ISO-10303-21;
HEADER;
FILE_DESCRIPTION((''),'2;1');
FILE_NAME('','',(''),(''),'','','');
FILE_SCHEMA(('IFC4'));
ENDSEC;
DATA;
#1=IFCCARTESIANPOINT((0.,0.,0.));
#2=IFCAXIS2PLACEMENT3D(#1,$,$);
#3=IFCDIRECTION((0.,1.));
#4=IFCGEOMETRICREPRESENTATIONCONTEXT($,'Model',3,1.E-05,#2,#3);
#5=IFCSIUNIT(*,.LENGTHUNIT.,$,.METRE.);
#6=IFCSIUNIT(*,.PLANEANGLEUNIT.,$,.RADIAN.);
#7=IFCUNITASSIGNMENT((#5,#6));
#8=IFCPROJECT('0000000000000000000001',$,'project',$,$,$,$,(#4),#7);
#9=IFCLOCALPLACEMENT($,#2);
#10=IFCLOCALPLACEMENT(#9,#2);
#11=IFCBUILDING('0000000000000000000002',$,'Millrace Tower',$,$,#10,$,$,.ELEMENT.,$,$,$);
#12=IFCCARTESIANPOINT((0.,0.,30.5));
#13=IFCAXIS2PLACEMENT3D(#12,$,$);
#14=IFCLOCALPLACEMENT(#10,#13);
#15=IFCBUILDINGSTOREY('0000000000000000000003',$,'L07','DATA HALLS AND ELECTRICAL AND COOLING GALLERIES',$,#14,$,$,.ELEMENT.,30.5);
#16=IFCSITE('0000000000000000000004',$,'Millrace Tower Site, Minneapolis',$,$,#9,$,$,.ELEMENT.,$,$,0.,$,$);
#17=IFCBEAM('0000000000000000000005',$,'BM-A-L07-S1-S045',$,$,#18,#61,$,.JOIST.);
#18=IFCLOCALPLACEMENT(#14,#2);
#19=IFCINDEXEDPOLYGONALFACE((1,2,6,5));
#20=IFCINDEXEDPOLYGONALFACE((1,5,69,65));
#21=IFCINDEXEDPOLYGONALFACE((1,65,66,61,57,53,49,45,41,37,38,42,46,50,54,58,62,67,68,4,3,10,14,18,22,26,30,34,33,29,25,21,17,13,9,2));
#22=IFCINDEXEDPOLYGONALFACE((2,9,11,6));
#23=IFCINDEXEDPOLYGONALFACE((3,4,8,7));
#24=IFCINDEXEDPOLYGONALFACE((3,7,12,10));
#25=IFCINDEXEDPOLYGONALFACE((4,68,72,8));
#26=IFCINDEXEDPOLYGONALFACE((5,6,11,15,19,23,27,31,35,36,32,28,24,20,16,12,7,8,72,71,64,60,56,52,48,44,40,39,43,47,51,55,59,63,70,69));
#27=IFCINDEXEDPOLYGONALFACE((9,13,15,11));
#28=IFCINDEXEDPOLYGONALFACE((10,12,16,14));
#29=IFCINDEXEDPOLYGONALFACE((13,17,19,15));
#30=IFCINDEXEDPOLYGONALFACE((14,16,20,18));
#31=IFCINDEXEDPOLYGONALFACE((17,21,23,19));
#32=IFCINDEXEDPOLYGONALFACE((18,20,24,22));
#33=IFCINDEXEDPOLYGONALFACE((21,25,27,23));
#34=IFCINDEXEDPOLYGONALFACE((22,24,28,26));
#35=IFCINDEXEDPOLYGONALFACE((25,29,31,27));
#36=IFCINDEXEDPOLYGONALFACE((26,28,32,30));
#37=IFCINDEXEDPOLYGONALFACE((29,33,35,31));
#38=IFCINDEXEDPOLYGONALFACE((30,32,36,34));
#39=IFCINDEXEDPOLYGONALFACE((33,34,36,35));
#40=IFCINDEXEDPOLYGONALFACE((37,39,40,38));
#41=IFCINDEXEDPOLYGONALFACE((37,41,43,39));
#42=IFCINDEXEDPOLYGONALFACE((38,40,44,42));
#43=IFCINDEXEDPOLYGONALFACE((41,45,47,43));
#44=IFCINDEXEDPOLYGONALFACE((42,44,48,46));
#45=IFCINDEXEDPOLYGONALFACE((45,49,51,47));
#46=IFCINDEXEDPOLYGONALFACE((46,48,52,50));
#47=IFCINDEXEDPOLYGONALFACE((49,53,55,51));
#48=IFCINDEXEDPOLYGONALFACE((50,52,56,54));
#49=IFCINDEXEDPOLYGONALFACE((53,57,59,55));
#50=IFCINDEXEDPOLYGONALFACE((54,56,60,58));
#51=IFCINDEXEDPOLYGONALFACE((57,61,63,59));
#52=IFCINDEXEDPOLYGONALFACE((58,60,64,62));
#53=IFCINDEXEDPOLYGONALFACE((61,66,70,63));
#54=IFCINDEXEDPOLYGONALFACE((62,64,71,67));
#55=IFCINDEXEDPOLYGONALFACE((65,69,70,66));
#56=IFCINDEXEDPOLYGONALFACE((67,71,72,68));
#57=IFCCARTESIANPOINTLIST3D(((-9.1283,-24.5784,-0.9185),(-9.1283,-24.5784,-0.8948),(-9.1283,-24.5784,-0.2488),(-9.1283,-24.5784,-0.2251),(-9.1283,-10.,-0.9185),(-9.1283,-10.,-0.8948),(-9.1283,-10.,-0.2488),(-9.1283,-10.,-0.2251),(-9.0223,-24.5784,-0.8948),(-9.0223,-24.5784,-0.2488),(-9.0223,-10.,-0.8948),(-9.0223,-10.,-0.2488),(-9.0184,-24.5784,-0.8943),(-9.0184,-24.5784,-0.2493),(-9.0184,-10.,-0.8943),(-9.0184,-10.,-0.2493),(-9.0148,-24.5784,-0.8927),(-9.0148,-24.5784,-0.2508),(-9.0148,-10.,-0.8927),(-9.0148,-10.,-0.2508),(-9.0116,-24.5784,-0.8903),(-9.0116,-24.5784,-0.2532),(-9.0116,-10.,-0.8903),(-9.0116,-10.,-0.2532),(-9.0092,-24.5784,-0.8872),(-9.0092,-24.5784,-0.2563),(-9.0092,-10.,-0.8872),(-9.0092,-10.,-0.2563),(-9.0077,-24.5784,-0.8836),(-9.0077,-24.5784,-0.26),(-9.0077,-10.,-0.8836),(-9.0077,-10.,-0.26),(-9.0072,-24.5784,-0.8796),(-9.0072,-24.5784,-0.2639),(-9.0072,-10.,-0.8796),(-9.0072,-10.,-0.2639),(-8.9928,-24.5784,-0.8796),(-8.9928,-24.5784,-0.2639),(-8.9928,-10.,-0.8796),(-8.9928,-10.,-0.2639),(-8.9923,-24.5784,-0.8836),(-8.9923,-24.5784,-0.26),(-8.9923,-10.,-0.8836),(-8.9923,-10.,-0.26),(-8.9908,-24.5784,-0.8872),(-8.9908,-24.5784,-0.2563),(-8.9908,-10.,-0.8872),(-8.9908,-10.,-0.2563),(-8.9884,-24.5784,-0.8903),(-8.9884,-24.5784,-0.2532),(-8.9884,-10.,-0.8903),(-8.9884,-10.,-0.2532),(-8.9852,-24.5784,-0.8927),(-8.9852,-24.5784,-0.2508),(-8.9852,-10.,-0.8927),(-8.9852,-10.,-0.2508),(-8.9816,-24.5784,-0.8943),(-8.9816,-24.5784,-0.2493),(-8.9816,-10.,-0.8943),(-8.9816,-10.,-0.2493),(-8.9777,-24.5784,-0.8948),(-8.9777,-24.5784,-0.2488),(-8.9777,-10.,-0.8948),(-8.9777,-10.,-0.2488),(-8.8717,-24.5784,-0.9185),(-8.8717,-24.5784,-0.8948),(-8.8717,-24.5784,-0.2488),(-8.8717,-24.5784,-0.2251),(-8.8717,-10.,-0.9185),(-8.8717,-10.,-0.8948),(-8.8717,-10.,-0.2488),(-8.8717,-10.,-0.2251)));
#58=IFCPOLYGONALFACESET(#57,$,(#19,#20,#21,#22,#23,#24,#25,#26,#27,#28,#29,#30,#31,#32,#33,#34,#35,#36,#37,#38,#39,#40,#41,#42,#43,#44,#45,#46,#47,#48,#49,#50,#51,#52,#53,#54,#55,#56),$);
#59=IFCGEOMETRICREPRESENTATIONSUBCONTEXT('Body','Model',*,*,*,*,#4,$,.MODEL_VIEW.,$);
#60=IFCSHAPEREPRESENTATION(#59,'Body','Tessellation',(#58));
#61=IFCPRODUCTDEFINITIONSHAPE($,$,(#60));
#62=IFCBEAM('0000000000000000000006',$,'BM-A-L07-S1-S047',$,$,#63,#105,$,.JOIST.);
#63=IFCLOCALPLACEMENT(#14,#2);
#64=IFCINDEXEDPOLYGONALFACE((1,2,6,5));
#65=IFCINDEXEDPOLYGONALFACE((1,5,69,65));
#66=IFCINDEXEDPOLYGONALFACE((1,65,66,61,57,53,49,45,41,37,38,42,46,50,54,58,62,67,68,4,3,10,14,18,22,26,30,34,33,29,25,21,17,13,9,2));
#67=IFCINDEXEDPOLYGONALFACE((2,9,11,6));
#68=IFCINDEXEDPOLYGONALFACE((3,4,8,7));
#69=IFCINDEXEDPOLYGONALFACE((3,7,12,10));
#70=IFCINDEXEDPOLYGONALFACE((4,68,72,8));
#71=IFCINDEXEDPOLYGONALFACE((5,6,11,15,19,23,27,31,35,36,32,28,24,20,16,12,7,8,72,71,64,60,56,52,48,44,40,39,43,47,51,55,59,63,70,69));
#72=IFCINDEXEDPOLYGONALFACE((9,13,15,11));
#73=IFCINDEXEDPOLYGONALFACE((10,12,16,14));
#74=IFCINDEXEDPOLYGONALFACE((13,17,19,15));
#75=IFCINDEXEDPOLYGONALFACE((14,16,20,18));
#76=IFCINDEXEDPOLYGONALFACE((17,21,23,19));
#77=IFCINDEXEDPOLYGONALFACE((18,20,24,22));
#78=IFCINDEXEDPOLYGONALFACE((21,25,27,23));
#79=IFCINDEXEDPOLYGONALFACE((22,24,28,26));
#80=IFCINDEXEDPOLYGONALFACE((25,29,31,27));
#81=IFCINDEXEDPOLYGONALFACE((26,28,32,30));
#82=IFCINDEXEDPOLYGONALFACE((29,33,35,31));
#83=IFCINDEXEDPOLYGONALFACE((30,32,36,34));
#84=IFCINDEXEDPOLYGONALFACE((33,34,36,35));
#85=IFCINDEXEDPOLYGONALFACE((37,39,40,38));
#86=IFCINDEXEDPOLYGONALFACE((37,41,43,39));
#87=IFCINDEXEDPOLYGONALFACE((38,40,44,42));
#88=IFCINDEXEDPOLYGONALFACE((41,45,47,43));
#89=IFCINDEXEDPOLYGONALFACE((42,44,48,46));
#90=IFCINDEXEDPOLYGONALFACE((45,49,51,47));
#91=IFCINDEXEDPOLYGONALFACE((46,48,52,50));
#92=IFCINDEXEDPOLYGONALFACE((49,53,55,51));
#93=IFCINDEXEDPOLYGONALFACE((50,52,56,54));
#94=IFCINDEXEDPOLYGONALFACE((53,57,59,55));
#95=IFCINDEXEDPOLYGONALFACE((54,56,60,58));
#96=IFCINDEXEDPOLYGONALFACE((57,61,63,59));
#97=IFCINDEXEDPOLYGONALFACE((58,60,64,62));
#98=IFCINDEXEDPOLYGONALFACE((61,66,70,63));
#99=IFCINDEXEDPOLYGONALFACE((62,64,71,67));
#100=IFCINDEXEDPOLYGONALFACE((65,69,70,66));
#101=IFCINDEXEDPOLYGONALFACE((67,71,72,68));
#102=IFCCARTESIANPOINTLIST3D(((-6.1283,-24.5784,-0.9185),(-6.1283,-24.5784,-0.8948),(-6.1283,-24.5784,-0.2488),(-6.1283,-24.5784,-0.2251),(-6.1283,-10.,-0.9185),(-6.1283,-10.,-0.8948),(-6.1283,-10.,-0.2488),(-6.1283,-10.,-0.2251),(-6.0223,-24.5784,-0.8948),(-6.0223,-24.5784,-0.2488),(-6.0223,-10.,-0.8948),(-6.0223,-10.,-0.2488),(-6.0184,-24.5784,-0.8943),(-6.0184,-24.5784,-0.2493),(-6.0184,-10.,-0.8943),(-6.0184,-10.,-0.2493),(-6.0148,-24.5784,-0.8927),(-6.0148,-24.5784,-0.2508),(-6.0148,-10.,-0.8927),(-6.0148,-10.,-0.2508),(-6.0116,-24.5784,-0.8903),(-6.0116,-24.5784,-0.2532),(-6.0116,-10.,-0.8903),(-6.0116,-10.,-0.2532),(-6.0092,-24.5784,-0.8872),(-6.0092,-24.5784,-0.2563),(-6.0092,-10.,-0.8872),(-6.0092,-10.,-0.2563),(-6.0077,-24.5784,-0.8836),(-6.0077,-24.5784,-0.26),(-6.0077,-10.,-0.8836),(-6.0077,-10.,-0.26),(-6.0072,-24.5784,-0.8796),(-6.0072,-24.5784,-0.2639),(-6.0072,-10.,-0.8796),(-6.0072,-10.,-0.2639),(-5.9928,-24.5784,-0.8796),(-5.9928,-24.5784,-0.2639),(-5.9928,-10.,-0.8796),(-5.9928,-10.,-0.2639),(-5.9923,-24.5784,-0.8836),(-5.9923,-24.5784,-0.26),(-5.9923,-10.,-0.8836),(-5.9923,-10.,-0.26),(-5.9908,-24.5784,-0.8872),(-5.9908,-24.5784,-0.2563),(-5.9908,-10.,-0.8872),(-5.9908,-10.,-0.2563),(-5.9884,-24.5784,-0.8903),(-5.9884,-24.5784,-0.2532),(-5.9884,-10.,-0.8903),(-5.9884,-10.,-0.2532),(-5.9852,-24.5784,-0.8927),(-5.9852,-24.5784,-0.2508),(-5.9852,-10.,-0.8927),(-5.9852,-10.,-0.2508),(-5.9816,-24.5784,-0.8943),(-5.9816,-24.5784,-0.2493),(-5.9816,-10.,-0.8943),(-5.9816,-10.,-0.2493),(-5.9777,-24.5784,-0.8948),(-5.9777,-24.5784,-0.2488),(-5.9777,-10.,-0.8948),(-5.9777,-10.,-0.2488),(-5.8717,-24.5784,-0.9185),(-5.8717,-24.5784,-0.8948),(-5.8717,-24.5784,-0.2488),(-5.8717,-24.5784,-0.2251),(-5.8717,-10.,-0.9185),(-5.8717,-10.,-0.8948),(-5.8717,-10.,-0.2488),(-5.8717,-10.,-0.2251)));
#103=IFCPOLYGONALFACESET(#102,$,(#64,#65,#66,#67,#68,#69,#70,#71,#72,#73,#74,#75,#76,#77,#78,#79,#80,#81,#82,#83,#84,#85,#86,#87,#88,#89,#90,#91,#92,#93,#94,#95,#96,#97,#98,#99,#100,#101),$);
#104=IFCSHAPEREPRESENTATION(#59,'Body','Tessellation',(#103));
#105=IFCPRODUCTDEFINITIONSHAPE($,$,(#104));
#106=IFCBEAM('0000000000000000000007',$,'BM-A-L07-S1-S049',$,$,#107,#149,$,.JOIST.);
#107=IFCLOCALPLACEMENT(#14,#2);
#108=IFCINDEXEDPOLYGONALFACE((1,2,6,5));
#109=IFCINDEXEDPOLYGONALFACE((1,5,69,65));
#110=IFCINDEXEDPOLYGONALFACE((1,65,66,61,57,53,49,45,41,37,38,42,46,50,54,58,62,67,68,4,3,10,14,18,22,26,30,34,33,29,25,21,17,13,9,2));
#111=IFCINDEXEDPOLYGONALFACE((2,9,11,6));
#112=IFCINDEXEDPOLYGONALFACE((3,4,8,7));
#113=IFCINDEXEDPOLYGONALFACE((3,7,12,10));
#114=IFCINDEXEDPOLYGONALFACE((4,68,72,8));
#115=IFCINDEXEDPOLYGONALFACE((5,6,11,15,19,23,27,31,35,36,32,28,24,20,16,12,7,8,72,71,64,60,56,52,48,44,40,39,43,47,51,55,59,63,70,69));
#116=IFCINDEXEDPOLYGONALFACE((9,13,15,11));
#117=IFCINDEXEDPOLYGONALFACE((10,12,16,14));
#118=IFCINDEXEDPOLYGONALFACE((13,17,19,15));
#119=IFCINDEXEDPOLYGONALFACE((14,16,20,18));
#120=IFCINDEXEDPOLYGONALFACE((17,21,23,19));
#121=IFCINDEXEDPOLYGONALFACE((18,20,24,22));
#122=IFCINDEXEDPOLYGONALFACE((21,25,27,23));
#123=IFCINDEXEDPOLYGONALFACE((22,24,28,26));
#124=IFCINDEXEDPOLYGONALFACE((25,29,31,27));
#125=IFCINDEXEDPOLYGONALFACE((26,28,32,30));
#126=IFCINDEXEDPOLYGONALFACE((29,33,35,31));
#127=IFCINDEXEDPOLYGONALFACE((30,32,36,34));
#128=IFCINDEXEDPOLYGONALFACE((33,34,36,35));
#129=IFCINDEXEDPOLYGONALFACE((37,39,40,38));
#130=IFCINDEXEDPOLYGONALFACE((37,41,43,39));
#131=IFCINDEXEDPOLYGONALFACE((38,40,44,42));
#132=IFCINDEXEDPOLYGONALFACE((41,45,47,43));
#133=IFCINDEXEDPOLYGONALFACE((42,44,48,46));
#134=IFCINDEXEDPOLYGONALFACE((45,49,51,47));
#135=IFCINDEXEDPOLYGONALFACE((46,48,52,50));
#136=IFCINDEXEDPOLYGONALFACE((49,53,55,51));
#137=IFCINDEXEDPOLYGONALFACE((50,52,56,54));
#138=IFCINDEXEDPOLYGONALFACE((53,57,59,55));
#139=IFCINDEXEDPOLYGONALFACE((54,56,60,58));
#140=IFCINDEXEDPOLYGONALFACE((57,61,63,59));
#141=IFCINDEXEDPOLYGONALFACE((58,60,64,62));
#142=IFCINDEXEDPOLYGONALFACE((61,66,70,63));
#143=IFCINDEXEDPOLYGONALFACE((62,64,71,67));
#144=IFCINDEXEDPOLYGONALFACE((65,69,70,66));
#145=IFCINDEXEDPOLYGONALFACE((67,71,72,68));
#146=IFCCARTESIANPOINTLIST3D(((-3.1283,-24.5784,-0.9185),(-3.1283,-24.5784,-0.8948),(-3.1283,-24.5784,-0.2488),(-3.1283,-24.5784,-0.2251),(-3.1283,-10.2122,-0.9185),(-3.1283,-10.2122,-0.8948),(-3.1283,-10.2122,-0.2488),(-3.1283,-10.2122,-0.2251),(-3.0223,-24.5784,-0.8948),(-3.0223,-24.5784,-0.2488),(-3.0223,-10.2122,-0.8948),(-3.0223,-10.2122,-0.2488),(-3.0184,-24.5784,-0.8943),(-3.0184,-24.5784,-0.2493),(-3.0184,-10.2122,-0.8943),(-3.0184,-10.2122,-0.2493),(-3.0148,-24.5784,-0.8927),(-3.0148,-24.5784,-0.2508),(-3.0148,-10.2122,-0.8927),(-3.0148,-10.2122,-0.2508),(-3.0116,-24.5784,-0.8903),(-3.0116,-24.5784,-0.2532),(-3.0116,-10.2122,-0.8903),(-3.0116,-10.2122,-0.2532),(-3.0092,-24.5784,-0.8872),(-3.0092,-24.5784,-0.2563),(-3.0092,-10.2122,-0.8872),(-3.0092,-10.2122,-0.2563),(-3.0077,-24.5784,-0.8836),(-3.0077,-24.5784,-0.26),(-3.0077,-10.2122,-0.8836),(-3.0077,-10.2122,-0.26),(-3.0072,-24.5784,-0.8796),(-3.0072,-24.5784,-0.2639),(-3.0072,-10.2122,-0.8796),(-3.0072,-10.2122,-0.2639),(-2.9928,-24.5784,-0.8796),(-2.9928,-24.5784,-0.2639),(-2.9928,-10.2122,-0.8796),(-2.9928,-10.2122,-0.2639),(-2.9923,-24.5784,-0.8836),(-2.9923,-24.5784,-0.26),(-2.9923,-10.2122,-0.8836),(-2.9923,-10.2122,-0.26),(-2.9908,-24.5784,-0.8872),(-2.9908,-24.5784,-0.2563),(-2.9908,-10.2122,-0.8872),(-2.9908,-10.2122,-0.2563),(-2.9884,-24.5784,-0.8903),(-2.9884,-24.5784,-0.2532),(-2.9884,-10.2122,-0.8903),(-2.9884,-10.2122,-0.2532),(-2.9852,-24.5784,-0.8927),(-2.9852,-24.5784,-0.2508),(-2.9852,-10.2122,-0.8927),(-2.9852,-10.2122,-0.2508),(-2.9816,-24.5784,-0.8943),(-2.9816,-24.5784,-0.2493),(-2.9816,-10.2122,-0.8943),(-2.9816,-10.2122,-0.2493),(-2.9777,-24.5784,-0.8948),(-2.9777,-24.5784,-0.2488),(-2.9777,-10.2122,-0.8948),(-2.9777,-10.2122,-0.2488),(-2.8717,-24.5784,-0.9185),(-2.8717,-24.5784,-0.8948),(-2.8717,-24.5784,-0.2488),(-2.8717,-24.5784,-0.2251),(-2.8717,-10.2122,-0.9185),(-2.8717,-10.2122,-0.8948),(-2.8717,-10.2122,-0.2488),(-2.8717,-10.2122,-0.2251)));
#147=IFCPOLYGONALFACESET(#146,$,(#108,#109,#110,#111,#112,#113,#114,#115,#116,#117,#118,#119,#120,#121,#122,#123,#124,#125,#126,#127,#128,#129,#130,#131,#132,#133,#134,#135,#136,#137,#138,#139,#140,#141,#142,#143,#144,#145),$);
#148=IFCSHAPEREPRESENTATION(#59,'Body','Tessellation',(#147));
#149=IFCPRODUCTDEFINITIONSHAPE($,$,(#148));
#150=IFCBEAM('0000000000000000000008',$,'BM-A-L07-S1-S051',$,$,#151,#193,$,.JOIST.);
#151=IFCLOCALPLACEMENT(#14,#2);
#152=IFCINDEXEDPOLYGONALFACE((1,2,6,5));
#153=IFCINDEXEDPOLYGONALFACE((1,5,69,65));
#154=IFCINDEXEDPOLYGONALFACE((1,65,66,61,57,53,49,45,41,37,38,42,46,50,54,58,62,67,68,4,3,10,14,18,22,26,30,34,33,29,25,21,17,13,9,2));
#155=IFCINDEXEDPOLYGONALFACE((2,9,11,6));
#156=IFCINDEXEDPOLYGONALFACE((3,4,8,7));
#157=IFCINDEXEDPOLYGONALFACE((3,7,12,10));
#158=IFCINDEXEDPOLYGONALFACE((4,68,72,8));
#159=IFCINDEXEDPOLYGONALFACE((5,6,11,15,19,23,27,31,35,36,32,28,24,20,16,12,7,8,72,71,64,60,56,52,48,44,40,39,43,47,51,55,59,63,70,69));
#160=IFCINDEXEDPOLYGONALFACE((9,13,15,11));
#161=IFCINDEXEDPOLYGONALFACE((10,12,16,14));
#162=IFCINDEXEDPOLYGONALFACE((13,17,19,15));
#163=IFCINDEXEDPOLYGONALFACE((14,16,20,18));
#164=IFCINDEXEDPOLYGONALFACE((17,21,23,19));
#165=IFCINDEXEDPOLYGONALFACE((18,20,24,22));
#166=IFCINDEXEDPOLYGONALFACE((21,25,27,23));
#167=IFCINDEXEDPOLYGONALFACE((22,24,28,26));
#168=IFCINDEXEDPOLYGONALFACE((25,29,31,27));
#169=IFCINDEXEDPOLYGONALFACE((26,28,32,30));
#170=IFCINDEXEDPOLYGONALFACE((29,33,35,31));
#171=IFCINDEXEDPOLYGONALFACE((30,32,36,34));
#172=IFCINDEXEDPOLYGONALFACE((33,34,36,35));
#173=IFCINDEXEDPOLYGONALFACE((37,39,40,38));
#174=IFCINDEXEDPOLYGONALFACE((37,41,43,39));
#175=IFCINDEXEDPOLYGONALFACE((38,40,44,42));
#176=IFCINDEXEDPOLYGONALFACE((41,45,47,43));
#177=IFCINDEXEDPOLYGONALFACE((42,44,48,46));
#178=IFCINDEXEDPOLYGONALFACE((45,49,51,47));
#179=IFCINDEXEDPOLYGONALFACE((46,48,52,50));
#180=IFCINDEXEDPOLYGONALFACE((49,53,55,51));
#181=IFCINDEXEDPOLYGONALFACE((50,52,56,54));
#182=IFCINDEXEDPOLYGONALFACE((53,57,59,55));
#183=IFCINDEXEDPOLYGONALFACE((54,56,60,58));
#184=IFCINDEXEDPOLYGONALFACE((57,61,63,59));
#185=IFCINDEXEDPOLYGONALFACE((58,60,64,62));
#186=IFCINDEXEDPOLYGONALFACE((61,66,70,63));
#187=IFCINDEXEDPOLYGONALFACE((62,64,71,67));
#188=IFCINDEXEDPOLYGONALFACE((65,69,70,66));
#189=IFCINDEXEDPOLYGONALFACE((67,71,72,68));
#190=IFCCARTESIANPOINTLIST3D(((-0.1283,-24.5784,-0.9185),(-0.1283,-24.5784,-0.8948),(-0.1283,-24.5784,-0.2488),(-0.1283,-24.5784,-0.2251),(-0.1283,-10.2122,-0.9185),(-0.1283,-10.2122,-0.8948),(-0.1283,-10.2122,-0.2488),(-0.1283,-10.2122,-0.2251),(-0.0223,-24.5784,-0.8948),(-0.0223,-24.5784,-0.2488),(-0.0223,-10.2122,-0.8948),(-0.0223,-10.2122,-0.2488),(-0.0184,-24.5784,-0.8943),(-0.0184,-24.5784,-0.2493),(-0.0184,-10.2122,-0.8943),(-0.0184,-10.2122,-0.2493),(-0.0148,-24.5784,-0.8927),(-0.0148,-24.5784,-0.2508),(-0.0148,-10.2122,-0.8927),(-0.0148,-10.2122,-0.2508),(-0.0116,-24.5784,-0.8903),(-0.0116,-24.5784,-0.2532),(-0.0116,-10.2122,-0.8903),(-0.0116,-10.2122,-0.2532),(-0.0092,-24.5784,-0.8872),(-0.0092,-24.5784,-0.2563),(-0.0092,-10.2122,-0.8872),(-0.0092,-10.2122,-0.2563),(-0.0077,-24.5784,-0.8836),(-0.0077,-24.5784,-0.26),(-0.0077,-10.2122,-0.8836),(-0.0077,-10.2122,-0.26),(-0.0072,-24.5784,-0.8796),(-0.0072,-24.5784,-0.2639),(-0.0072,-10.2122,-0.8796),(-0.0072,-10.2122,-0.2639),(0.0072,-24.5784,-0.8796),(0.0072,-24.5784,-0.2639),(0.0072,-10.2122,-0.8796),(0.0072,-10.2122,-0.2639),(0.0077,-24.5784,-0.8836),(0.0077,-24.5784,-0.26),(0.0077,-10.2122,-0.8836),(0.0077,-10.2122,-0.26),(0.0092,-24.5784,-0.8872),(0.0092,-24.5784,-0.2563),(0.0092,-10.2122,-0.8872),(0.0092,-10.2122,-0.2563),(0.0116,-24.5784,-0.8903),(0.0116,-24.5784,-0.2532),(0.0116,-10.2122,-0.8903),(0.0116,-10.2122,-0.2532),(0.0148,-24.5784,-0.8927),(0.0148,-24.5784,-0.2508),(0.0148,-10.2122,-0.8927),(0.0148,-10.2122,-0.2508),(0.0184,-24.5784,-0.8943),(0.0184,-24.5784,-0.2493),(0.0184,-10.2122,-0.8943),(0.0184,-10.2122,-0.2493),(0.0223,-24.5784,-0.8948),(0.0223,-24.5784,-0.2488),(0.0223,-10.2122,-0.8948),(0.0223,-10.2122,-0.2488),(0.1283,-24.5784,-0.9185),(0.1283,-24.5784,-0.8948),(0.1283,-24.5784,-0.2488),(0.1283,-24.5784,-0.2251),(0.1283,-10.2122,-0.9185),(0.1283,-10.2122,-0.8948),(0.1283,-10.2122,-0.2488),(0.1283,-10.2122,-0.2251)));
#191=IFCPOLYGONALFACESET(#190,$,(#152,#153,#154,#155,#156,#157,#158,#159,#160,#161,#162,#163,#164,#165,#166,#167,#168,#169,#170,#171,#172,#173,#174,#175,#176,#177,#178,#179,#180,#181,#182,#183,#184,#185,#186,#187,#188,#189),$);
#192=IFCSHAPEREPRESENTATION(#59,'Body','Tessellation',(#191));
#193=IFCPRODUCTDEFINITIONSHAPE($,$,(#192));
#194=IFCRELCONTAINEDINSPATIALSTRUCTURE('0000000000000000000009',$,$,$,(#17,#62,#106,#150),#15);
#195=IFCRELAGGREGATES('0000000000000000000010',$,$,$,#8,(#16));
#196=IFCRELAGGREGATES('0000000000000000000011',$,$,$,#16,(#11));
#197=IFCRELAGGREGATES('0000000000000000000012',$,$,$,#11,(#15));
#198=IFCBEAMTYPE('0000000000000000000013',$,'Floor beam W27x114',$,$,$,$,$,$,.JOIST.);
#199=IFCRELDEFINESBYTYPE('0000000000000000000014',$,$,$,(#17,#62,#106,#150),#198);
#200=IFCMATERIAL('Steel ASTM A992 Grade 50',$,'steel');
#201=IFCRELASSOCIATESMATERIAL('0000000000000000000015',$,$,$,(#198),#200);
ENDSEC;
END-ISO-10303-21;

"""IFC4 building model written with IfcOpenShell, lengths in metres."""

from ifc_helpers import new_model, si_unit, direction, frame, origin, origin_2d, place, context, subcontext, project, spatial, i_section, extrude, material, material_profile, profile_set, type_object, element, save


model = new_model("IFC4")

# Units and contexts
model_context = context("Model", 3, precision=1e-05, world=origin(), true_north=direction((0.0, 1.0)))
body_context = subcontext(model_context, "Body", "Model", "MODEL_VIEW")
ifc_project = project(units=[si_unit("LENGTHUNIT", "METRE"), si_unit("PLANEANGLEUNIT", "RADIAN")], contexts=[model_context])

# Site, building, storey
site_placement = place(None, origin())
site = spatial("IfcSite", under=ifc_project, at=site_placement, Name="Millrace Tower Site, Minneapolis", CompositionType="ELEMENT", RefElevation=0.0)
building_placement = place(site_placement, origin())
building = spatial("IfcBuilding", under=site, at=building_placement, Name="Millrace Tower", CompositionType="ELEMENT")
storey_placement = place(building_placement, frame((0.0, 0.0, 30.5)))
storey = spatial("IfcBuildingStorey", under=building, at=storey_placement, Name="L07", Description="DATA HALLS AND ELECTRICAL AND COOLING GALLERIES", CompositionType="ELEMENT", Elevation=30.5)

# Beams
ifc_material_1 = material(Name="Steel ASTM A992 Grade 50", Category="steel")
ifc_material_profile_1 = material_profile(ifc_material_1, i_section(OverallWidth=0.2566, OverallDepth=0.6934, WebThickness=0.0144, FlangeThickness=0.0237, FilletRadius=0.0151, at=origin_2d()))
ifc_profile_set_1 = profile_set([ifc_material_profile_1], Name="Steel ASTM A992 Grade 50")
beam_type_1 = type_object("IfcBeamType", Name="Floor beam W27x114", PredefinedType="JOIST", material=ifc_profile_set_1)
for number, where, z_axis, x_axis, name in (
    (1, (-9.0, -24.5784, -0.5718), (0.0, 1.0, 0.0), (-1.0, 0.0, 0.0), "BM-A-L07-S1-S045"),
    (2, (-6.0, -24.5784, -0.5718), (0.0, 1.0, 0.0), (-1.0, 0.0, 0.0), "BM-A-L07-S1-S047"),
):
    element("IfcBeam", number, at=place(storey_placement, frame(where, z_axis=z_axis, x_axis=x_axis)), inside=storey, type_object=beam_type_1, Name=name, PredefinedType="JOIST", context=body_context, shape_type="SweptSolid", body=[
        extrude(i_section(OverallWidth=0.2566, OverallDepth=0.6934, WebThickness=0.0144, FlangeThickness=0.0237, FilletRadius=0.0151, at=origin_2d()), origin(), (0.0, 0.0, 1.0), 14.5784),
    ])
for number, where, z_axis, x_axis, name in (
    (3, (-3.0, -24.5784, -0.5718), (0.0, 1.0, 0.0), (-1.0, 0.0, 0.0), "BM-A-L07-S1-S049"),
    (4, (0.0, -24.5784, -0.5718), (0.0, 1.0, 0.0), (-1.0, 0.0, 0.0), "BM-A-L07-S1-S051"),
):
    element("IfcBeam", number, at=place(storey_placement, frame(where, z_axis=z_axis, x_axis=x_axis)), inside=storey, type_object=beam_type_1, Name=name, PredefinedType="JOIST", context=body_context, shape_type="SweptSolid", body=[
        extrude(i_section(OverallWidth=0.2566, OverallDepth=0.6934, WebThickness=0.0144, FlangeThickness=0.0237, FilletRadius=0.0151, at=origin_2d()), origin(), (0.0, 0.0, 1.0), 14.3662),
    ])

save(model, "model.ifc")
